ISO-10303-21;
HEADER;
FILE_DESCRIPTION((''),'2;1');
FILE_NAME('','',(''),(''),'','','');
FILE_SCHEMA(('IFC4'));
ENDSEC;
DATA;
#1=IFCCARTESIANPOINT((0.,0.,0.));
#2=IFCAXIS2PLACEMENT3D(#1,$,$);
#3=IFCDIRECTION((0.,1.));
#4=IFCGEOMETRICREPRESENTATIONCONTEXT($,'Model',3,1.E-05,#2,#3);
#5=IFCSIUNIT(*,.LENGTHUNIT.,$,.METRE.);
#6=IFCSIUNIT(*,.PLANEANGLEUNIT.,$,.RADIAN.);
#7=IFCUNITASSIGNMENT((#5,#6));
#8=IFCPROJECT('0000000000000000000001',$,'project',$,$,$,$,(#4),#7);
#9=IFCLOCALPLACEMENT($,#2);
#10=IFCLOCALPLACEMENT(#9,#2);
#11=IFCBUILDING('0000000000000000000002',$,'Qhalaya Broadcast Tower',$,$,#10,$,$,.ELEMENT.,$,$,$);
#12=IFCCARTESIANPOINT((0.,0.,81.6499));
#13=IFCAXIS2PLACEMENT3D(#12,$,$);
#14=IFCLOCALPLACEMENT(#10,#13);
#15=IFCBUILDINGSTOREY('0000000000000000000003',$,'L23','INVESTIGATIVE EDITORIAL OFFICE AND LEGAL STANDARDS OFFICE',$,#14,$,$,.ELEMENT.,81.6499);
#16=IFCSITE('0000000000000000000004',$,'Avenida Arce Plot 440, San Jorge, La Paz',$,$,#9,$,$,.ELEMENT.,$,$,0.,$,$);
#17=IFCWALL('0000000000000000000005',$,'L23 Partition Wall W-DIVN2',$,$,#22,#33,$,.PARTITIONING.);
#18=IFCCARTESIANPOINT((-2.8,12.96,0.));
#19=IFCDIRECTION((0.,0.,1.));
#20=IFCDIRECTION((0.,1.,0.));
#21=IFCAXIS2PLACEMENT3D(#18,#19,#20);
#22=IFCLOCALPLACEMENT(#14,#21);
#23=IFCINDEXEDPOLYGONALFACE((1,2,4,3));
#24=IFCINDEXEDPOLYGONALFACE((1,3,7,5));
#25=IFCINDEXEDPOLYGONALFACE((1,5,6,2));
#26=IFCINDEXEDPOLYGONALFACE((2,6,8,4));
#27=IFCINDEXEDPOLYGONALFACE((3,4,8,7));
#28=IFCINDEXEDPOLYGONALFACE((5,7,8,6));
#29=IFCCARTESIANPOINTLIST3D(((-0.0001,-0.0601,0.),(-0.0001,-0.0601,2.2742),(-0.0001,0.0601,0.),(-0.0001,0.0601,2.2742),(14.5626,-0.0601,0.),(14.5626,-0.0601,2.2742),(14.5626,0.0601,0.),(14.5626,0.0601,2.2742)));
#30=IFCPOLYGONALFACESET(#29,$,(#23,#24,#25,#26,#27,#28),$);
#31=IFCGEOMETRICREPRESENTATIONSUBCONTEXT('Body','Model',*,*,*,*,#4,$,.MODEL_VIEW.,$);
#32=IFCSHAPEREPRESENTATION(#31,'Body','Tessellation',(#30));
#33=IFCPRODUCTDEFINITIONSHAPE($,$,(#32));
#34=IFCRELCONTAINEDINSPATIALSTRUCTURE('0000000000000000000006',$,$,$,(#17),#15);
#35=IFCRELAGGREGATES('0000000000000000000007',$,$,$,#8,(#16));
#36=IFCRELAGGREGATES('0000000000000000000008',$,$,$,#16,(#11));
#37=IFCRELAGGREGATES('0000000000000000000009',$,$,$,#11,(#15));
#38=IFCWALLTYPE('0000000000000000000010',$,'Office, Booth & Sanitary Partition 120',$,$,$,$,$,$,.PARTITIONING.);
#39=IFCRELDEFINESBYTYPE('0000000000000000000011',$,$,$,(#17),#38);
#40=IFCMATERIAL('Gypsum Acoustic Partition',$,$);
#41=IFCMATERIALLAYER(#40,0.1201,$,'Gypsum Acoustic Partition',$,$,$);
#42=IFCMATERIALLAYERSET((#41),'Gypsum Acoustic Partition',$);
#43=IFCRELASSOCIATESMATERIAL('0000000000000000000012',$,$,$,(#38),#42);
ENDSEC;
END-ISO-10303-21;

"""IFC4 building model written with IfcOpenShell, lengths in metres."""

from ifc_helpers import new_model, si_unit, direction, frame, frame_2d, origin, place, context, subcontext, project, spatial, rectangle, extrude, material, layer, layer_set, type_object, element, save


model = new_model("IFC4")

# Units and contexts
model_context = context("Model", 3, precision=1e-05, world=origin(), true_north=direction((0.0, 1.0)))
body_context = subcontext(model_context, "Body", "Model", "MODEL_VIEW")
ifc_project = project(units=[si_unit("LENGTHUNIT", "METRE"), si_unit("PLANEANGLEUNIT", "RADIAN")], contexts=[model_context])

# Site, building, storey
site_placement = place(None, origin())
site = spatial("IfcSite", under=ifc_project, at=site_placement, Name="Avenida Arce Plot 440, San Jorge, La Paz", CompositionType="ELEMENT", RefElevation=0.0)
building_placement = place(site_placement, origin())
building = spatial("IfcBuilding", under=site, at=building_placement, Name="Qhalaya Broadcast Tower", CompositionType="ELEMENT")
storey_placement = place(building_placement, frame((0.0, 0.0, 81.6499)))
storey = spatial("IfcBuildingStorey", under=building, at=storey_placement, Name="L23", Description="INVESTIGATIVE EDITORIAL OFFICE AND LEGAL STANDARDS OFFICE", CompositionType="ELEMENT", Elevation=81.6499)

# Shared definitions
ifc_material_1 = material(Name="Gypsum Acoustic Partition")

# Wall
ifc_layer_1 = layer(ifc_material_1, 0.1201, Name="Gypsum Acoustic Partition")
ifc_layer_set_1 = layer_set([ifc_layer_1], Name="Gypsum Acoustic Partition")
wall_type_1 = type_object("IfcWallType", Name="Office, Booth & Sanitary Partition 120", PredefinedType="PARTITIONING", material=ifc_layer_set_1)
wall_1_placement = place(storey_placement, frame((-2.8, 12.96, 0.0), z_axis=(0.0, 0.0, 1.0), x_axis=(0.0, 1.0, 0.0)))
element("IfcWall", 1, at=wall_1_placement, inside=storey, type_object=wall_type_1, Name="L23 Partition Wall W-DIVN2", PredefinedType="PARTITIONING", context=body_context, shape_type="SweptSolid", body=[
    extrude(rectangle(XDim=14.5627, YDim=0.1201, at=frame_2d((7.2812, 0.0))), origin(), (0.0, 0.0, 1.0), 2.2742),
])

save(model, "model.ifc")
